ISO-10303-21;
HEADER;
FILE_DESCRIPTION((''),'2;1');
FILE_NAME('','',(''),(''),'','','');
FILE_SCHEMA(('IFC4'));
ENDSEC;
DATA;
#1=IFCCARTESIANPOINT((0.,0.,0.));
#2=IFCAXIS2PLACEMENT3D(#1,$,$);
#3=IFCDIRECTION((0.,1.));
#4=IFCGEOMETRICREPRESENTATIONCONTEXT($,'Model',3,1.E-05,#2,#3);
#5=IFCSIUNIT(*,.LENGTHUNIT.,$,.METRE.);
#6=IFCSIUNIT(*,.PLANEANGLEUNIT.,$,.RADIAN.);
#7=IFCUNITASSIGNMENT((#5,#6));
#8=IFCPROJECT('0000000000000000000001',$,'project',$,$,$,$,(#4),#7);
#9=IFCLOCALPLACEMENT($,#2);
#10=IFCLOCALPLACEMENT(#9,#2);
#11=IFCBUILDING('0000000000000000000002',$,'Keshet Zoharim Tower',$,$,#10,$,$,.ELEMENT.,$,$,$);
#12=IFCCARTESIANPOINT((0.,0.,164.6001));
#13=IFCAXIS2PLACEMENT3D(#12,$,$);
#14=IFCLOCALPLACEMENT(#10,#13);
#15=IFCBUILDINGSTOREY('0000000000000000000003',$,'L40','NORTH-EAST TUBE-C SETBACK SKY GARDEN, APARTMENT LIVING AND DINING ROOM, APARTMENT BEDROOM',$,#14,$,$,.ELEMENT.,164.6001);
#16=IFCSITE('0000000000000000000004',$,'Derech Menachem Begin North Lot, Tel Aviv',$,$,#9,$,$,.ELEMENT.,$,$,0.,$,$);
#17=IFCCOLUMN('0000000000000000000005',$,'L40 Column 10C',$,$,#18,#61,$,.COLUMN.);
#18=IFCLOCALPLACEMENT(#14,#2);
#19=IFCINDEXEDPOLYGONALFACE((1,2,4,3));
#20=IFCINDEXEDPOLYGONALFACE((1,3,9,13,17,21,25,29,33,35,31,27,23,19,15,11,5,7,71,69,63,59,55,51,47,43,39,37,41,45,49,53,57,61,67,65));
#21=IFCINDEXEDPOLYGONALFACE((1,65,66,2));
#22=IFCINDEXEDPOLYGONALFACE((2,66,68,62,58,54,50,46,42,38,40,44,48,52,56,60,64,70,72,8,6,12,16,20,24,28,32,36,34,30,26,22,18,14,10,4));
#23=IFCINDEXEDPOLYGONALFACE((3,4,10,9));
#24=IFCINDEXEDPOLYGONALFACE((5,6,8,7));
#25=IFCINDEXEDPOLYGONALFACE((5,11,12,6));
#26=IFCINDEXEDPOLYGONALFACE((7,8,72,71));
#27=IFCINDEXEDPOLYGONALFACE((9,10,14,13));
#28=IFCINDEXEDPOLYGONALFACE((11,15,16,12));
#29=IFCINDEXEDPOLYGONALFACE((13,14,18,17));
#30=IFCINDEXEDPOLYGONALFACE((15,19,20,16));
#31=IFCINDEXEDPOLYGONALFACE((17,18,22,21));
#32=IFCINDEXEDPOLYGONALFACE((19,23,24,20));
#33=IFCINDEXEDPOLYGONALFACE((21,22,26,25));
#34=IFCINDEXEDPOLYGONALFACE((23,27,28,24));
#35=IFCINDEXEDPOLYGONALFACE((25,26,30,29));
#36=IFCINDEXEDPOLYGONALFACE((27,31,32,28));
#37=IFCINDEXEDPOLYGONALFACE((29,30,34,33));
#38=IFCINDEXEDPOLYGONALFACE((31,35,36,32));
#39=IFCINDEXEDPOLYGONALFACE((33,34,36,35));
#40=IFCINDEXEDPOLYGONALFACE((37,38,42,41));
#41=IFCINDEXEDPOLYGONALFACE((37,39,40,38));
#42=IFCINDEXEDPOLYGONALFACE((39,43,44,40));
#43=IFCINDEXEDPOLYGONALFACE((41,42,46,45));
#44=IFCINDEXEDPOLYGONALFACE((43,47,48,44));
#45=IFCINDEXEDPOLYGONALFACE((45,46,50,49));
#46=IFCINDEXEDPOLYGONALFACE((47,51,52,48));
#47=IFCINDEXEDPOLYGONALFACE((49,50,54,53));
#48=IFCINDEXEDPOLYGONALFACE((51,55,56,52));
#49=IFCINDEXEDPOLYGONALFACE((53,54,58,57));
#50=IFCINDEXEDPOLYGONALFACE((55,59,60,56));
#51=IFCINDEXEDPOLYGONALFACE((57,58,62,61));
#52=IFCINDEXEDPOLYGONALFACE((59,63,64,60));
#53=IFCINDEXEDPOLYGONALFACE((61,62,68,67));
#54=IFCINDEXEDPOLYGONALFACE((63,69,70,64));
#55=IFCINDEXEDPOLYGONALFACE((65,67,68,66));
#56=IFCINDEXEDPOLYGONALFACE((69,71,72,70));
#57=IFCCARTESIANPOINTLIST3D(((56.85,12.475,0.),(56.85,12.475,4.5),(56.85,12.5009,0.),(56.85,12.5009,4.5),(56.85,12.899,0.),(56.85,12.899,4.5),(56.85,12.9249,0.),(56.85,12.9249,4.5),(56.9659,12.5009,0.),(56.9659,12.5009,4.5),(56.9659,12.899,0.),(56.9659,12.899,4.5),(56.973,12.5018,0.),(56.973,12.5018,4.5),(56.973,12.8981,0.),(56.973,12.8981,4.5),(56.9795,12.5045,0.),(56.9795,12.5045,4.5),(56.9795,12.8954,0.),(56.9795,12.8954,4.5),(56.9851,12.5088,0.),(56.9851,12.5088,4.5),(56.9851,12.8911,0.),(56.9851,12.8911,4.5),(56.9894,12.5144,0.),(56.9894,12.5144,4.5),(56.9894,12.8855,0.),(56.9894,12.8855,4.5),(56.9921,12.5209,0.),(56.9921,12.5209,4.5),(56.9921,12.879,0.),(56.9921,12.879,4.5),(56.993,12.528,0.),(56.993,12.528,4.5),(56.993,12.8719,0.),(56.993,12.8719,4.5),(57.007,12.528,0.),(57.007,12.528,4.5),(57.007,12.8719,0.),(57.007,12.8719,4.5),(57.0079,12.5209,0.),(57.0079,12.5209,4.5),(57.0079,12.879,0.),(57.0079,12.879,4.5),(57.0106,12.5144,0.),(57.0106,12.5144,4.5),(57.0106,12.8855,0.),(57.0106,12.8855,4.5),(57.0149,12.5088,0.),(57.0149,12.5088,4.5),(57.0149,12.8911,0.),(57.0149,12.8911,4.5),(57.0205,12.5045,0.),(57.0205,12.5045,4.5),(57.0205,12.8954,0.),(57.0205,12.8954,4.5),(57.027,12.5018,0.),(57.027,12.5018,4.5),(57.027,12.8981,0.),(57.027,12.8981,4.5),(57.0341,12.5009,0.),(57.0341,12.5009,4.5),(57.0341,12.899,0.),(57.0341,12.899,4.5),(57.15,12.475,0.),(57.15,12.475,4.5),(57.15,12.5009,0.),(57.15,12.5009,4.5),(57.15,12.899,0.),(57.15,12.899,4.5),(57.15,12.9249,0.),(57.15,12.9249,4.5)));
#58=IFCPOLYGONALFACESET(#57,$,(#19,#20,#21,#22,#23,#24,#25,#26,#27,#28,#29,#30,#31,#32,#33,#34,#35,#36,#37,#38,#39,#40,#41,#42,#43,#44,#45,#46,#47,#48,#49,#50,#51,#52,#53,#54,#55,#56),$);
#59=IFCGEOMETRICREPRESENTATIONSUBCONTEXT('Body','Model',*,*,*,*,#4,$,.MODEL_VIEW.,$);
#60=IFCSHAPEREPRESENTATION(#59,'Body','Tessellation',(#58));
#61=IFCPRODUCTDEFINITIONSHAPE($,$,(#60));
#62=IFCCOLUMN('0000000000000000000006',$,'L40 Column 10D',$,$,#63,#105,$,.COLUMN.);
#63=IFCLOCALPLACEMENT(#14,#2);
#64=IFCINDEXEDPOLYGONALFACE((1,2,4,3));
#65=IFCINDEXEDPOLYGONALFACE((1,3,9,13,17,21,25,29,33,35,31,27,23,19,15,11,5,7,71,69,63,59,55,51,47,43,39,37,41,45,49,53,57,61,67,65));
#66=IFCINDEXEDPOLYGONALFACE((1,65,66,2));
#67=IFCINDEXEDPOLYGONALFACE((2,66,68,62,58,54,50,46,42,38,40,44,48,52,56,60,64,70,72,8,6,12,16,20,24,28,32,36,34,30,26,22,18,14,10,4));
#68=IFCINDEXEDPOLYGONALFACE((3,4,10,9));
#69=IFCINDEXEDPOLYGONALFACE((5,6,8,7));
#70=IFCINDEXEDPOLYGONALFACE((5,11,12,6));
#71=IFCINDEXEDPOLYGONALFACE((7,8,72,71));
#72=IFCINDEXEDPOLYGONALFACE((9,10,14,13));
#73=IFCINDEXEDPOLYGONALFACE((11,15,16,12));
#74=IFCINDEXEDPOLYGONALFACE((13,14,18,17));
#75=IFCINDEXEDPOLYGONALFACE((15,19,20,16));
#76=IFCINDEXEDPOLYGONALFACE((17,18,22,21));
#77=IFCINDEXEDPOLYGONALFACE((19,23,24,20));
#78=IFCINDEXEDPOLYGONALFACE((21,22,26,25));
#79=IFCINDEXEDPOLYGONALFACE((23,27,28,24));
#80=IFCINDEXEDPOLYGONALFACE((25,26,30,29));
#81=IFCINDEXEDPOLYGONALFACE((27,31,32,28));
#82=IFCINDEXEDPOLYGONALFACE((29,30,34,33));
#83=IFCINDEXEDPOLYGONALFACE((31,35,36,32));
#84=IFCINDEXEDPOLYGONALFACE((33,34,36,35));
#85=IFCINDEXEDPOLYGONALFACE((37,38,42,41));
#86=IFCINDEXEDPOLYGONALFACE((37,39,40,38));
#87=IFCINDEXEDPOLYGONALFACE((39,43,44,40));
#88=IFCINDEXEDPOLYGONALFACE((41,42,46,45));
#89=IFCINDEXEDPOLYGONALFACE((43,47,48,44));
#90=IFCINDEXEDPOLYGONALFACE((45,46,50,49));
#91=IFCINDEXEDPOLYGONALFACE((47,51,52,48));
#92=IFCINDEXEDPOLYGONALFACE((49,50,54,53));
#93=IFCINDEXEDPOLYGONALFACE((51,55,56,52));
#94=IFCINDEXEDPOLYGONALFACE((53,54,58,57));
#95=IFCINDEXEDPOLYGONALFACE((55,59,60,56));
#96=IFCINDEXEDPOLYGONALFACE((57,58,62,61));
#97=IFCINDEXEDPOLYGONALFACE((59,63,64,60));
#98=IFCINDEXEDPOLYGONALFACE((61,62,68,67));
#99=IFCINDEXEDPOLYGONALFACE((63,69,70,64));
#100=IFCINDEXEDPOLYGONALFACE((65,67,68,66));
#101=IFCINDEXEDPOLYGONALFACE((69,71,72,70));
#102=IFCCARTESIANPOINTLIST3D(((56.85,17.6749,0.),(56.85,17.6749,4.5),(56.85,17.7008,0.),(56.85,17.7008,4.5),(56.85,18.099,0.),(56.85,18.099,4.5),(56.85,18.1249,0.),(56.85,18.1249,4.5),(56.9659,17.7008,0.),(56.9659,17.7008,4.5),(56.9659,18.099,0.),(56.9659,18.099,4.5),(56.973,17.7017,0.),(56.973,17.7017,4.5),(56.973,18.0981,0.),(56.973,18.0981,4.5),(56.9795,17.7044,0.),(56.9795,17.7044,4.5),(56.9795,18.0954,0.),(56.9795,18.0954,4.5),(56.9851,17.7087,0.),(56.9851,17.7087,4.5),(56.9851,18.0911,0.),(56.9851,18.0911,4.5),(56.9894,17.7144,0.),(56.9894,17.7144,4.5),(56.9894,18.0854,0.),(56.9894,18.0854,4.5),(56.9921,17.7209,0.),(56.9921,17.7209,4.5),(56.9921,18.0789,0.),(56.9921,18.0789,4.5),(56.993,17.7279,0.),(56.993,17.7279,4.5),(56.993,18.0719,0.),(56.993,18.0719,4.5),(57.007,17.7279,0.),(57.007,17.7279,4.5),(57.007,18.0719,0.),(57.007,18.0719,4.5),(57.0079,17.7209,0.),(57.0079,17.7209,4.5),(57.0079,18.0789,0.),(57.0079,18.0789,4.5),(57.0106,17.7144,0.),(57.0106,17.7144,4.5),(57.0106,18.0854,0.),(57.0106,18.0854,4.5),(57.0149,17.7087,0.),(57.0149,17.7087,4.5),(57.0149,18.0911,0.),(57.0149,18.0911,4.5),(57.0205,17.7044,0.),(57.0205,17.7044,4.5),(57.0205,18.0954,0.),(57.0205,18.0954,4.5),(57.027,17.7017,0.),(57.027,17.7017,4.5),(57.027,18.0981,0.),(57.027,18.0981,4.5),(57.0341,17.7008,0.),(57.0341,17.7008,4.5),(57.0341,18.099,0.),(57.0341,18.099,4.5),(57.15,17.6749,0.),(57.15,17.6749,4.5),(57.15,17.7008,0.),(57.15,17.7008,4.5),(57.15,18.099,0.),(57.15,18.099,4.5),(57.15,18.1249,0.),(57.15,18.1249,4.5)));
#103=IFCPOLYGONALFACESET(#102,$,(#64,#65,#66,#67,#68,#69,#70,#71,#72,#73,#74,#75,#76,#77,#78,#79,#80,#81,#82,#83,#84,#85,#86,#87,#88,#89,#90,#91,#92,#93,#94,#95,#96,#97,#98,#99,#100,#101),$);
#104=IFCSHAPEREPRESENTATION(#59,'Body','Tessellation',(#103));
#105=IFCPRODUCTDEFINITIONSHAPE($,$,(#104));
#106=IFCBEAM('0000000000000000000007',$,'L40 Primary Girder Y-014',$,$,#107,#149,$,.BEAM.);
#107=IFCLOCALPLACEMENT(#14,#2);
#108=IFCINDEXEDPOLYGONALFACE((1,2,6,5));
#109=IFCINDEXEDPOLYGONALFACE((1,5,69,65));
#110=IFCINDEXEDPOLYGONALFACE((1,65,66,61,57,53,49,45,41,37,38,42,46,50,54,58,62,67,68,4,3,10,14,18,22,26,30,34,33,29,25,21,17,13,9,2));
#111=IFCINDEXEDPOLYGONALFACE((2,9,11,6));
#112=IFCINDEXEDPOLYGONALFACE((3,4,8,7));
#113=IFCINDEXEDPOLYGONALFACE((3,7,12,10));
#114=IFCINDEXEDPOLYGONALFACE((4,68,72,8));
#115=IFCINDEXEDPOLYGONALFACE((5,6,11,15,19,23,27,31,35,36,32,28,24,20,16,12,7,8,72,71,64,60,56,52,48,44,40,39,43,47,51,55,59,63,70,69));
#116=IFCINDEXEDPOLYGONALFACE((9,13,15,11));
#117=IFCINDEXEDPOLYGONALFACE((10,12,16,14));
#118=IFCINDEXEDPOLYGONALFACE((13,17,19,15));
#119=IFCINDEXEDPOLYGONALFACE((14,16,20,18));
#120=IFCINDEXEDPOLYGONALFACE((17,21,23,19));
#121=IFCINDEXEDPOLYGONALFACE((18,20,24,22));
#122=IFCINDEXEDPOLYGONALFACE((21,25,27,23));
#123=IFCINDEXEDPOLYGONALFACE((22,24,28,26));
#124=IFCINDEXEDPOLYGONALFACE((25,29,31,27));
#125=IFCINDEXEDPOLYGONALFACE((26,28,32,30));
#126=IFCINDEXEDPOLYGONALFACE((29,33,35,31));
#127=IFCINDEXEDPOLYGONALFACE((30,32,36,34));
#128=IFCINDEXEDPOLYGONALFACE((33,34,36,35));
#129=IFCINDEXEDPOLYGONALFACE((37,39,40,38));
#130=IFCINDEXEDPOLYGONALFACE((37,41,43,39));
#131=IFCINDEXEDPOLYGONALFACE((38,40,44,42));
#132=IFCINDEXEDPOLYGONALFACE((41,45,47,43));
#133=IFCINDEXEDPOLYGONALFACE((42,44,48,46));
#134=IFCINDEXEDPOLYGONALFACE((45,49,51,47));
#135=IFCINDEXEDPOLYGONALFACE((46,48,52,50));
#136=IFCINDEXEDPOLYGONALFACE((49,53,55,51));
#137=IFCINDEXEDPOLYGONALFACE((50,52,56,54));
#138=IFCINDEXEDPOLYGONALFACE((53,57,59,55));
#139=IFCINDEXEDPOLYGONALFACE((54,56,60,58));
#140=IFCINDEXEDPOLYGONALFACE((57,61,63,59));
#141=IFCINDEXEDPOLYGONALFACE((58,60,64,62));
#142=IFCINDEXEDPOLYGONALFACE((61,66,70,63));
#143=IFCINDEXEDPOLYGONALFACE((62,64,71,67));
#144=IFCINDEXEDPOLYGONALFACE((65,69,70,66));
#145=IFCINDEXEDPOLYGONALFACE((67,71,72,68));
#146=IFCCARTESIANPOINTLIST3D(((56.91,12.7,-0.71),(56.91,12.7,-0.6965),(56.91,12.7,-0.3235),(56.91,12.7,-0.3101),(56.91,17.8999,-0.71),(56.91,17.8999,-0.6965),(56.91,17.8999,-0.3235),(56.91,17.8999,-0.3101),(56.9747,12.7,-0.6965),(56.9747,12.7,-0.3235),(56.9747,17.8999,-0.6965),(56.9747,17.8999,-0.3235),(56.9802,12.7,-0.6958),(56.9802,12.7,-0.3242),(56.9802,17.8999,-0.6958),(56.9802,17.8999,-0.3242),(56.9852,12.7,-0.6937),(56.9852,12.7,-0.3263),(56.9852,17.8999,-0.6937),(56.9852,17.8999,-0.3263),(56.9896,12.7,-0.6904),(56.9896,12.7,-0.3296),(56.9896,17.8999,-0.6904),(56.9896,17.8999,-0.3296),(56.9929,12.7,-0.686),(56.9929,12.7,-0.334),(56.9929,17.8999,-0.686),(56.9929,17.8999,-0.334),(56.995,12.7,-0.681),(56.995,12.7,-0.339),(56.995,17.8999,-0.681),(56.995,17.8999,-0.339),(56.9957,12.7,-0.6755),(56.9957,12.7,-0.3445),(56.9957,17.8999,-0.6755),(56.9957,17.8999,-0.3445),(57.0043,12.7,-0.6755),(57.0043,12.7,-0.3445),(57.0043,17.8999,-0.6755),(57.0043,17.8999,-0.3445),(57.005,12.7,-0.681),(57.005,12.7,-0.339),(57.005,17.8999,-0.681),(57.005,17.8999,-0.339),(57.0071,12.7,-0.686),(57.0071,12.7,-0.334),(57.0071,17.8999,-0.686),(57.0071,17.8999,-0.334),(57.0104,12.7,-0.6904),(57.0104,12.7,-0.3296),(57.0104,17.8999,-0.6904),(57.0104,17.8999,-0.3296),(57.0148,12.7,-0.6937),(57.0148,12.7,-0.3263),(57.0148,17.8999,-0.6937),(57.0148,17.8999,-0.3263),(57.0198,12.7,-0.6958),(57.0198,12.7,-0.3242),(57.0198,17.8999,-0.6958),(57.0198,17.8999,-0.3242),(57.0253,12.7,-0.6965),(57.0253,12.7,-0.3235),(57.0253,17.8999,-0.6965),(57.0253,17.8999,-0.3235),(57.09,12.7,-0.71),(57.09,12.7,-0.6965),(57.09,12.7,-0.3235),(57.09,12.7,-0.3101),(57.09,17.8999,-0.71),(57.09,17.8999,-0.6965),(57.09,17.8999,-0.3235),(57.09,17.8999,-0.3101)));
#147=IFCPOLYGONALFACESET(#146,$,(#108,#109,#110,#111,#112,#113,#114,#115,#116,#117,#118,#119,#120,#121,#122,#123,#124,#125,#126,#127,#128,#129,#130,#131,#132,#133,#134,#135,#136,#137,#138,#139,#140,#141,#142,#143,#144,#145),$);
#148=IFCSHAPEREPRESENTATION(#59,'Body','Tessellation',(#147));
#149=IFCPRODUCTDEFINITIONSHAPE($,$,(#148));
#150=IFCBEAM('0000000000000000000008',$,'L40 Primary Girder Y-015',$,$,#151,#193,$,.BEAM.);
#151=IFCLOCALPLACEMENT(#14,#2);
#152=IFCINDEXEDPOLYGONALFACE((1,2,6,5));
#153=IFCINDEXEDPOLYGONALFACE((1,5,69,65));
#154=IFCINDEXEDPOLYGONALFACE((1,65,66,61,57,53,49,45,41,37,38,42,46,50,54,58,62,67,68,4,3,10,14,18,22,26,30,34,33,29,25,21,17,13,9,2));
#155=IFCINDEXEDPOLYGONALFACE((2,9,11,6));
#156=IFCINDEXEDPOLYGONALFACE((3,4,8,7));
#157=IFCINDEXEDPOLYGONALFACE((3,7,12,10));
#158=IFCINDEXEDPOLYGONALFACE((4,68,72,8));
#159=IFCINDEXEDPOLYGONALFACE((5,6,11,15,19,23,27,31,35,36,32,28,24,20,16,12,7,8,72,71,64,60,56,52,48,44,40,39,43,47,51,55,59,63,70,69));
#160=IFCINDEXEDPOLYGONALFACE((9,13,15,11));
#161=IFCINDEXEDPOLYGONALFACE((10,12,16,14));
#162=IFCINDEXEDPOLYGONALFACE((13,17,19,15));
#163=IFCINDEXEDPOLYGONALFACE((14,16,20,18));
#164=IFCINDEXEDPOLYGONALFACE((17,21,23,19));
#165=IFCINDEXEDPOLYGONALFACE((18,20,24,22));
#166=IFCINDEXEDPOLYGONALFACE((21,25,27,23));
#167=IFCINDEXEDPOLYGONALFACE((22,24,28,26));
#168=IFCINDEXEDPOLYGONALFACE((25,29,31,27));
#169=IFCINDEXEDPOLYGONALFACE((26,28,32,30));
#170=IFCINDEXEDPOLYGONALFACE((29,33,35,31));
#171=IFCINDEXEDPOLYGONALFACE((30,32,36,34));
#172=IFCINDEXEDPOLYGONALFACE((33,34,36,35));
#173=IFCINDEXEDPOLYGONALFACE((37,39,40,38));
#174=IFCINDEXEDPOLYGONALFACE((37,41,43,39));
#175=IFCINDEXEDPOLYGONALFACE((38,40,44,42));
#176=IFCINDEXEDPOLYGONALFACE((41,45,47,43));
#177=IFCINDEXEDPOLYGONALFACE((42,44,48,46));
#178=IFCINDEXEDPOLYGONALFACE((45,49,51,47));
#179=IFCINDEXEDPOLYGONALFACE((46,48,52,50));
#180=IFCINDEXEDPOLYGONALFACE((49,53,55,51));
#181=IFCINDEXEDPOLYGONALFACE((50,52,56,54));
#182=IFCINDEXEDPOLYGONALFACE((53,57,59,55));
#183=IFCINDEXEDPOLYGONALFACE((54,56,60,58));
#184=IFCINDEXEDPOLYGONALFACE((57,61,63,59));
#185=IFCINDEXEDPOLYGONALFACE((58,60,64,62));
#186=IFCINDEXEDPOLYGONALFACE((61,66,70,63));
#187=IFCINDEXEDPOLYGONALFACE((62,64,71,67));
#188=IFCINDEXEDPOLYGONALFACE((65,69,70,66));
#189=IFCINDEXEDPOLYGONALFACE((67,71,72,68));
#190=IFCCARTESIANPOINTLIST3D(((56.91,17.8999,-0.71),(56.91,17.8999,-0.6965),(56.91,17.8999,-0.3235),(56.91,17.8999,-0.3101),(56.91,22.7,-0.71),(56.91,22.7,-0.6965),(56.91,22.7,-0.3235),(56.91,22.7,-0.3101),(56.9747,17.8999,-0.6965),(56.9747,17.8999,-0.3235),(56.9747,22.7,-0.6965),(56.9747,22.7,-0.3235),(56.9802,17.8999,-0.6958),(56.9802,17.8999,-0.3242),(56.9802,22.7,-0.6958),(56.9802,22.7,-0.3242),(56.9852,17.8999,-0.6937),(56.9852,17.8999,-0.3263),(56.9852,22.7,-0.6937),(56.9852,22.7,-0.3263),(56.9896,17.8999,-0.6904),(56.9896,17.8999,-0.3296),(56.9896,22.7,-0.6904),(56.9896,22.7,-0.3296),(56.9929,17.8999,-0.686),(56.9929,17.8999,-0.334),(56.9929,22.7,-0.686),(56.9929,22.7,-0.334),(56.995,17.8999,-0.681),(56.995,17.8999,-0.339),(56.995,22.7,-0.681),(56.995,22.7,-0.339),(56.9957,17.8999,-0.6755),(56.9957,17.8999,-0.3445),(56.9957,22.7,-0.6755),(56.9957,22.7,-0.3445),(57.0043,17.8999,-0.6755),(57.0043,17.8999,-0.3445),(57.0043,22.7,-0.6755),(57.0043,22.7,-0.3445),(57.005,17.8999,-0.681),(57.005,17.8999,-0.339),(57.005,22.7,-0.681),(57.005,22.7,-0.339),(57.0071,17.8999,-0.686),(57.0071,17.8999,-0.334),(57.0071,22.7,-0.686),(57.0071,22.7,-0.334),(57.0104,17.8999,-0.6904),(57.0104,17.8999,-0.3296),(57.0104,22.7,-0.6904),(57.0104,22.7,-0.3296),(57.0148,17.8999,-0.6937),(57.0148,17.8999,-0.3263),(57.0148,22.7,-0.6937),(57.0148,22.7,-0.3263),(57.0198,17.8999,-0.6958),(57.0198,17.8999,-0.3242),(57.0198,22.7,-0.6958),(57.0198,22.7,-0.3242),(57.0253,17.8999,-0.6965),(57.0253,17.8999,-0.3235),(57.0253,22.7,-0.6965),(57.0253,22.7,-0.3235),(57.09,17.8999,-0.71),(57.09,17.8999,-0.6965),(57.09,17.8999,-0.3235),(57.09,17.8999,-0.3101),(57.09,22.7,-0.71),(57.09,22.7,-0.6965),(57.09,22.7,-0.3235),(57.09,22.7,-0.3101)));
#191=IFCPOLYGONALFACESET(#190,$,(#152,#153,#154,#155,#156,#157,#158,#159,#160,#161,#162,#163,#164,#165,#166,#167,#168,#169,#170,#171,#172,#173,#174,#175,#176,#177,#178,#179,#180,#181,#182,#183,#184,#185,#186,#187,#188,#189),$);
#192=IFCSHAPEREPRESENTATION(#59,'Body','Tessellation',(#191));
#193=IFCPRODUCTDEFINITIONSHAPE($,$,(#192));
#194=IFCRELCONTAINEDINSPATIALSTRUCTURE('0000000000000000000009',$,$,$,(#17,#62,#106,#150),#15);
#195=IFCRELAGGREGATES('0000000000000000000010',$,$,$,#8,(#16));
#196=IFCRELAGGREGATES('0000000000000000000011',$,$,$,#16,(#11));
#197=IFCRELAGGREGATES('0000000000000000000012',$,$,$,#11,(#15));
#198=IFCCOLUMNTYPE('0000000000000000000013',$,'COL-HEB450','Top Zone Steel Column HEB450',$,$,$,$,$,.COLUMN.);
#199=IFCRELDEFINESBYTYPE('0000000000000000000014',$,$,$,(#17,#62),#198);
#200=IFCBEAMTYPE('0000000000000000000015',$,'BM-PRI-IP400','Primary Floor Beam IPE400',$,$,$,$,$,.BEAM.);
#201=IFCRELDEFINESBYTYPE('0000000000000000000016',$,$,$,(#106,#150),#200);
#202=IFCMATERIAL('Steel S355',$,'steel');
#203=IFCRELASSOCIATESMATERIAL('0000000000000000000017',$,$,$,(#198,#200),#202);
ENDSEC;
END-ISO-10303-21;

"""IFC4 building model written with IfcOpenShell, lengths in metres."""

from ifc_helpers import new_model, si_unit, direction, frame, origin, origin_2d, place, context, subcontext, project, spatial, i_section, extrude, material, material_profile, profile_set, type_object, element, save


model = new_model("IFC4")

# Units and contexts
model_context = context("Model", 3, precision=1e-05, world=origin(), true_north=direction((0.0, 1.0)))
body_context = subcontext(model_context, "Body", "Model", "MODEL_VIEW")
ifc_project = project(units=[si_unit("LENGTHUNIT", "METRE"), si_unit("PLANEANGLEUNIT", "RADIAN")], contexts=[model_context])

# Site, building, storey
site_placement = place(None, origin())
site = spatial("IfcSite", under=ifc_project, at=site_placement, Name="Derech Menachem Begin North Lot, Tel Aviv", CompositionType="ELEMENT", RefElevation=0.0)
building_placement = place(site_placement, origin())
building = spatial("IfcBuilding", under=site, at=building_placement, Name="Keshet Zoharim Tower", CompositionType="ELEMENT")
storey_placement = place(building_placement, frame((0.0, 0.0, 164.6001)))
storey = spatial("IfcBuildingStorey", under=building, at=storey_placement, Name="L40", Description="NORTH-EAST TUBE-C SETBACK SKY GARDEN, APARTMENT LIVING AND DINING ROOM, APARTMENT BEDROOM", CompositionType="ELEMENT", Elevation=164.6001)

# Columns
ifc_material_1 = material(Name="Steel S355", Category="steel")
ifc_material_profile_1 = material_profile(ifc_material_1, i_section(OverallWidth=0.3, OverallDepth=0.45, WebThickness=0.0139, FlangeThickness=0.0259, FilletRadius=0.0271, at=origin_2d()), Name="HEB450")
ifc_profile_set_1 = profile_set([ifc_material_profile_1], Name="Steel S355")
column_type = type_object("IfcColumnType", Name="COL-HEB450", Description="Top Zone Steel Column HEB450", PredefinedType="COLUMN", material=ifc_profile_set_1)
for number, where, z_axis, x_axis, name in (
    (1, (57.0, 12.7, 0.0), (0.0, 0.0, 1.0), (1.0, 0.0, 0.0), "L40 Column 10C"),
    (2, (57.0, 17.8999, 0.0), (0.0, 0.0, 1.0), (1.0, 0.0, 0.0), "L40 Column 10D"),
):
    element("IfcColumn", number, at=place(storey_placement, frame(where, z_axis=z_axis, x_axis=x_axis)), inside=storey, type_object=column_type, Name=name, PredefinedType="COLUMN", context=body_context, shape_type="SweptSolid", body=[
        extrude(i_section(OverallWidth=0.3, OverallDepth=0.45, WebThickness=0.0139, FlangeThickness=0.0259, FilletRadius=0.0271, at=origin_2d()), origin(), (0.0, 0.0, 1.0), 4.5),
    ])

# Beams
ifc_material_profile_2 = material_profile(ifc_material_1, i_section(OverallWidth=0.1799, OverallDepth=0.3999, WebThickness=0.0085, FlangeThickness=0.0134, FilletRadius=0.021, at=origin_2d()), Name="IPE400")
ifc_profile_set_2 = profile_set([ifc_material_profile_2], Name="Steel S355")
beam_type = type_object("IfcBeamType", Name="BM-PRI-IP400", Description="Primary Floor Beam IPE400", PredefinedType="BEAM", material=ifc_profile_set_2)
beam_1_placement = place(storey_placement, frame((57.0, 12.7, -0.51), z_axis=(0.0, 1.0, 0.0), x_axis=(-1.0, 0.0, 0.0)))
element("IfcBeam", 3, at=beam_1_placement, inside=storey, type_object=beam_type, Name="L40 Primary Girder Y-014", PredefinedType="BEAM", context=body_context, shape_type="SweptSolid", body=[
    extrude(i_section(OverallWidth=0.1799, OverallDepth=0.3999, WebThickness=0.0085, FlangeThickness=0.0134, FilletRadius=0.021, at=origin_2d()), origin(), (0.0, 0.0, 1.0), 5.2),
])
beam_2_placement = place(storey_placement, frame((57.0, 17.8999, -0.51), z_axis=(0.0, 1.0, 0.0), x_axis=(-1.0, 0.0, 0.0)))
element("IfcBeam", 4, at=beam_2_placement, inside=storey, type_object=beam_type, Name="L40 Primary Girder Y-015", PredefinedType="BEAM", context=body_context, shape_type="SweptSolid", body=[
    extrude(i_section(OverallWidth=0.1799, OverallDepth=0.3999, WebThickness=0.0085, FlangeThickness=0.0134, FilletRadius=0.021, at=origin_2d()), origin(), (0.0, 0.0, 1.0), 4.8),
])

save(model, "model.ifc")
